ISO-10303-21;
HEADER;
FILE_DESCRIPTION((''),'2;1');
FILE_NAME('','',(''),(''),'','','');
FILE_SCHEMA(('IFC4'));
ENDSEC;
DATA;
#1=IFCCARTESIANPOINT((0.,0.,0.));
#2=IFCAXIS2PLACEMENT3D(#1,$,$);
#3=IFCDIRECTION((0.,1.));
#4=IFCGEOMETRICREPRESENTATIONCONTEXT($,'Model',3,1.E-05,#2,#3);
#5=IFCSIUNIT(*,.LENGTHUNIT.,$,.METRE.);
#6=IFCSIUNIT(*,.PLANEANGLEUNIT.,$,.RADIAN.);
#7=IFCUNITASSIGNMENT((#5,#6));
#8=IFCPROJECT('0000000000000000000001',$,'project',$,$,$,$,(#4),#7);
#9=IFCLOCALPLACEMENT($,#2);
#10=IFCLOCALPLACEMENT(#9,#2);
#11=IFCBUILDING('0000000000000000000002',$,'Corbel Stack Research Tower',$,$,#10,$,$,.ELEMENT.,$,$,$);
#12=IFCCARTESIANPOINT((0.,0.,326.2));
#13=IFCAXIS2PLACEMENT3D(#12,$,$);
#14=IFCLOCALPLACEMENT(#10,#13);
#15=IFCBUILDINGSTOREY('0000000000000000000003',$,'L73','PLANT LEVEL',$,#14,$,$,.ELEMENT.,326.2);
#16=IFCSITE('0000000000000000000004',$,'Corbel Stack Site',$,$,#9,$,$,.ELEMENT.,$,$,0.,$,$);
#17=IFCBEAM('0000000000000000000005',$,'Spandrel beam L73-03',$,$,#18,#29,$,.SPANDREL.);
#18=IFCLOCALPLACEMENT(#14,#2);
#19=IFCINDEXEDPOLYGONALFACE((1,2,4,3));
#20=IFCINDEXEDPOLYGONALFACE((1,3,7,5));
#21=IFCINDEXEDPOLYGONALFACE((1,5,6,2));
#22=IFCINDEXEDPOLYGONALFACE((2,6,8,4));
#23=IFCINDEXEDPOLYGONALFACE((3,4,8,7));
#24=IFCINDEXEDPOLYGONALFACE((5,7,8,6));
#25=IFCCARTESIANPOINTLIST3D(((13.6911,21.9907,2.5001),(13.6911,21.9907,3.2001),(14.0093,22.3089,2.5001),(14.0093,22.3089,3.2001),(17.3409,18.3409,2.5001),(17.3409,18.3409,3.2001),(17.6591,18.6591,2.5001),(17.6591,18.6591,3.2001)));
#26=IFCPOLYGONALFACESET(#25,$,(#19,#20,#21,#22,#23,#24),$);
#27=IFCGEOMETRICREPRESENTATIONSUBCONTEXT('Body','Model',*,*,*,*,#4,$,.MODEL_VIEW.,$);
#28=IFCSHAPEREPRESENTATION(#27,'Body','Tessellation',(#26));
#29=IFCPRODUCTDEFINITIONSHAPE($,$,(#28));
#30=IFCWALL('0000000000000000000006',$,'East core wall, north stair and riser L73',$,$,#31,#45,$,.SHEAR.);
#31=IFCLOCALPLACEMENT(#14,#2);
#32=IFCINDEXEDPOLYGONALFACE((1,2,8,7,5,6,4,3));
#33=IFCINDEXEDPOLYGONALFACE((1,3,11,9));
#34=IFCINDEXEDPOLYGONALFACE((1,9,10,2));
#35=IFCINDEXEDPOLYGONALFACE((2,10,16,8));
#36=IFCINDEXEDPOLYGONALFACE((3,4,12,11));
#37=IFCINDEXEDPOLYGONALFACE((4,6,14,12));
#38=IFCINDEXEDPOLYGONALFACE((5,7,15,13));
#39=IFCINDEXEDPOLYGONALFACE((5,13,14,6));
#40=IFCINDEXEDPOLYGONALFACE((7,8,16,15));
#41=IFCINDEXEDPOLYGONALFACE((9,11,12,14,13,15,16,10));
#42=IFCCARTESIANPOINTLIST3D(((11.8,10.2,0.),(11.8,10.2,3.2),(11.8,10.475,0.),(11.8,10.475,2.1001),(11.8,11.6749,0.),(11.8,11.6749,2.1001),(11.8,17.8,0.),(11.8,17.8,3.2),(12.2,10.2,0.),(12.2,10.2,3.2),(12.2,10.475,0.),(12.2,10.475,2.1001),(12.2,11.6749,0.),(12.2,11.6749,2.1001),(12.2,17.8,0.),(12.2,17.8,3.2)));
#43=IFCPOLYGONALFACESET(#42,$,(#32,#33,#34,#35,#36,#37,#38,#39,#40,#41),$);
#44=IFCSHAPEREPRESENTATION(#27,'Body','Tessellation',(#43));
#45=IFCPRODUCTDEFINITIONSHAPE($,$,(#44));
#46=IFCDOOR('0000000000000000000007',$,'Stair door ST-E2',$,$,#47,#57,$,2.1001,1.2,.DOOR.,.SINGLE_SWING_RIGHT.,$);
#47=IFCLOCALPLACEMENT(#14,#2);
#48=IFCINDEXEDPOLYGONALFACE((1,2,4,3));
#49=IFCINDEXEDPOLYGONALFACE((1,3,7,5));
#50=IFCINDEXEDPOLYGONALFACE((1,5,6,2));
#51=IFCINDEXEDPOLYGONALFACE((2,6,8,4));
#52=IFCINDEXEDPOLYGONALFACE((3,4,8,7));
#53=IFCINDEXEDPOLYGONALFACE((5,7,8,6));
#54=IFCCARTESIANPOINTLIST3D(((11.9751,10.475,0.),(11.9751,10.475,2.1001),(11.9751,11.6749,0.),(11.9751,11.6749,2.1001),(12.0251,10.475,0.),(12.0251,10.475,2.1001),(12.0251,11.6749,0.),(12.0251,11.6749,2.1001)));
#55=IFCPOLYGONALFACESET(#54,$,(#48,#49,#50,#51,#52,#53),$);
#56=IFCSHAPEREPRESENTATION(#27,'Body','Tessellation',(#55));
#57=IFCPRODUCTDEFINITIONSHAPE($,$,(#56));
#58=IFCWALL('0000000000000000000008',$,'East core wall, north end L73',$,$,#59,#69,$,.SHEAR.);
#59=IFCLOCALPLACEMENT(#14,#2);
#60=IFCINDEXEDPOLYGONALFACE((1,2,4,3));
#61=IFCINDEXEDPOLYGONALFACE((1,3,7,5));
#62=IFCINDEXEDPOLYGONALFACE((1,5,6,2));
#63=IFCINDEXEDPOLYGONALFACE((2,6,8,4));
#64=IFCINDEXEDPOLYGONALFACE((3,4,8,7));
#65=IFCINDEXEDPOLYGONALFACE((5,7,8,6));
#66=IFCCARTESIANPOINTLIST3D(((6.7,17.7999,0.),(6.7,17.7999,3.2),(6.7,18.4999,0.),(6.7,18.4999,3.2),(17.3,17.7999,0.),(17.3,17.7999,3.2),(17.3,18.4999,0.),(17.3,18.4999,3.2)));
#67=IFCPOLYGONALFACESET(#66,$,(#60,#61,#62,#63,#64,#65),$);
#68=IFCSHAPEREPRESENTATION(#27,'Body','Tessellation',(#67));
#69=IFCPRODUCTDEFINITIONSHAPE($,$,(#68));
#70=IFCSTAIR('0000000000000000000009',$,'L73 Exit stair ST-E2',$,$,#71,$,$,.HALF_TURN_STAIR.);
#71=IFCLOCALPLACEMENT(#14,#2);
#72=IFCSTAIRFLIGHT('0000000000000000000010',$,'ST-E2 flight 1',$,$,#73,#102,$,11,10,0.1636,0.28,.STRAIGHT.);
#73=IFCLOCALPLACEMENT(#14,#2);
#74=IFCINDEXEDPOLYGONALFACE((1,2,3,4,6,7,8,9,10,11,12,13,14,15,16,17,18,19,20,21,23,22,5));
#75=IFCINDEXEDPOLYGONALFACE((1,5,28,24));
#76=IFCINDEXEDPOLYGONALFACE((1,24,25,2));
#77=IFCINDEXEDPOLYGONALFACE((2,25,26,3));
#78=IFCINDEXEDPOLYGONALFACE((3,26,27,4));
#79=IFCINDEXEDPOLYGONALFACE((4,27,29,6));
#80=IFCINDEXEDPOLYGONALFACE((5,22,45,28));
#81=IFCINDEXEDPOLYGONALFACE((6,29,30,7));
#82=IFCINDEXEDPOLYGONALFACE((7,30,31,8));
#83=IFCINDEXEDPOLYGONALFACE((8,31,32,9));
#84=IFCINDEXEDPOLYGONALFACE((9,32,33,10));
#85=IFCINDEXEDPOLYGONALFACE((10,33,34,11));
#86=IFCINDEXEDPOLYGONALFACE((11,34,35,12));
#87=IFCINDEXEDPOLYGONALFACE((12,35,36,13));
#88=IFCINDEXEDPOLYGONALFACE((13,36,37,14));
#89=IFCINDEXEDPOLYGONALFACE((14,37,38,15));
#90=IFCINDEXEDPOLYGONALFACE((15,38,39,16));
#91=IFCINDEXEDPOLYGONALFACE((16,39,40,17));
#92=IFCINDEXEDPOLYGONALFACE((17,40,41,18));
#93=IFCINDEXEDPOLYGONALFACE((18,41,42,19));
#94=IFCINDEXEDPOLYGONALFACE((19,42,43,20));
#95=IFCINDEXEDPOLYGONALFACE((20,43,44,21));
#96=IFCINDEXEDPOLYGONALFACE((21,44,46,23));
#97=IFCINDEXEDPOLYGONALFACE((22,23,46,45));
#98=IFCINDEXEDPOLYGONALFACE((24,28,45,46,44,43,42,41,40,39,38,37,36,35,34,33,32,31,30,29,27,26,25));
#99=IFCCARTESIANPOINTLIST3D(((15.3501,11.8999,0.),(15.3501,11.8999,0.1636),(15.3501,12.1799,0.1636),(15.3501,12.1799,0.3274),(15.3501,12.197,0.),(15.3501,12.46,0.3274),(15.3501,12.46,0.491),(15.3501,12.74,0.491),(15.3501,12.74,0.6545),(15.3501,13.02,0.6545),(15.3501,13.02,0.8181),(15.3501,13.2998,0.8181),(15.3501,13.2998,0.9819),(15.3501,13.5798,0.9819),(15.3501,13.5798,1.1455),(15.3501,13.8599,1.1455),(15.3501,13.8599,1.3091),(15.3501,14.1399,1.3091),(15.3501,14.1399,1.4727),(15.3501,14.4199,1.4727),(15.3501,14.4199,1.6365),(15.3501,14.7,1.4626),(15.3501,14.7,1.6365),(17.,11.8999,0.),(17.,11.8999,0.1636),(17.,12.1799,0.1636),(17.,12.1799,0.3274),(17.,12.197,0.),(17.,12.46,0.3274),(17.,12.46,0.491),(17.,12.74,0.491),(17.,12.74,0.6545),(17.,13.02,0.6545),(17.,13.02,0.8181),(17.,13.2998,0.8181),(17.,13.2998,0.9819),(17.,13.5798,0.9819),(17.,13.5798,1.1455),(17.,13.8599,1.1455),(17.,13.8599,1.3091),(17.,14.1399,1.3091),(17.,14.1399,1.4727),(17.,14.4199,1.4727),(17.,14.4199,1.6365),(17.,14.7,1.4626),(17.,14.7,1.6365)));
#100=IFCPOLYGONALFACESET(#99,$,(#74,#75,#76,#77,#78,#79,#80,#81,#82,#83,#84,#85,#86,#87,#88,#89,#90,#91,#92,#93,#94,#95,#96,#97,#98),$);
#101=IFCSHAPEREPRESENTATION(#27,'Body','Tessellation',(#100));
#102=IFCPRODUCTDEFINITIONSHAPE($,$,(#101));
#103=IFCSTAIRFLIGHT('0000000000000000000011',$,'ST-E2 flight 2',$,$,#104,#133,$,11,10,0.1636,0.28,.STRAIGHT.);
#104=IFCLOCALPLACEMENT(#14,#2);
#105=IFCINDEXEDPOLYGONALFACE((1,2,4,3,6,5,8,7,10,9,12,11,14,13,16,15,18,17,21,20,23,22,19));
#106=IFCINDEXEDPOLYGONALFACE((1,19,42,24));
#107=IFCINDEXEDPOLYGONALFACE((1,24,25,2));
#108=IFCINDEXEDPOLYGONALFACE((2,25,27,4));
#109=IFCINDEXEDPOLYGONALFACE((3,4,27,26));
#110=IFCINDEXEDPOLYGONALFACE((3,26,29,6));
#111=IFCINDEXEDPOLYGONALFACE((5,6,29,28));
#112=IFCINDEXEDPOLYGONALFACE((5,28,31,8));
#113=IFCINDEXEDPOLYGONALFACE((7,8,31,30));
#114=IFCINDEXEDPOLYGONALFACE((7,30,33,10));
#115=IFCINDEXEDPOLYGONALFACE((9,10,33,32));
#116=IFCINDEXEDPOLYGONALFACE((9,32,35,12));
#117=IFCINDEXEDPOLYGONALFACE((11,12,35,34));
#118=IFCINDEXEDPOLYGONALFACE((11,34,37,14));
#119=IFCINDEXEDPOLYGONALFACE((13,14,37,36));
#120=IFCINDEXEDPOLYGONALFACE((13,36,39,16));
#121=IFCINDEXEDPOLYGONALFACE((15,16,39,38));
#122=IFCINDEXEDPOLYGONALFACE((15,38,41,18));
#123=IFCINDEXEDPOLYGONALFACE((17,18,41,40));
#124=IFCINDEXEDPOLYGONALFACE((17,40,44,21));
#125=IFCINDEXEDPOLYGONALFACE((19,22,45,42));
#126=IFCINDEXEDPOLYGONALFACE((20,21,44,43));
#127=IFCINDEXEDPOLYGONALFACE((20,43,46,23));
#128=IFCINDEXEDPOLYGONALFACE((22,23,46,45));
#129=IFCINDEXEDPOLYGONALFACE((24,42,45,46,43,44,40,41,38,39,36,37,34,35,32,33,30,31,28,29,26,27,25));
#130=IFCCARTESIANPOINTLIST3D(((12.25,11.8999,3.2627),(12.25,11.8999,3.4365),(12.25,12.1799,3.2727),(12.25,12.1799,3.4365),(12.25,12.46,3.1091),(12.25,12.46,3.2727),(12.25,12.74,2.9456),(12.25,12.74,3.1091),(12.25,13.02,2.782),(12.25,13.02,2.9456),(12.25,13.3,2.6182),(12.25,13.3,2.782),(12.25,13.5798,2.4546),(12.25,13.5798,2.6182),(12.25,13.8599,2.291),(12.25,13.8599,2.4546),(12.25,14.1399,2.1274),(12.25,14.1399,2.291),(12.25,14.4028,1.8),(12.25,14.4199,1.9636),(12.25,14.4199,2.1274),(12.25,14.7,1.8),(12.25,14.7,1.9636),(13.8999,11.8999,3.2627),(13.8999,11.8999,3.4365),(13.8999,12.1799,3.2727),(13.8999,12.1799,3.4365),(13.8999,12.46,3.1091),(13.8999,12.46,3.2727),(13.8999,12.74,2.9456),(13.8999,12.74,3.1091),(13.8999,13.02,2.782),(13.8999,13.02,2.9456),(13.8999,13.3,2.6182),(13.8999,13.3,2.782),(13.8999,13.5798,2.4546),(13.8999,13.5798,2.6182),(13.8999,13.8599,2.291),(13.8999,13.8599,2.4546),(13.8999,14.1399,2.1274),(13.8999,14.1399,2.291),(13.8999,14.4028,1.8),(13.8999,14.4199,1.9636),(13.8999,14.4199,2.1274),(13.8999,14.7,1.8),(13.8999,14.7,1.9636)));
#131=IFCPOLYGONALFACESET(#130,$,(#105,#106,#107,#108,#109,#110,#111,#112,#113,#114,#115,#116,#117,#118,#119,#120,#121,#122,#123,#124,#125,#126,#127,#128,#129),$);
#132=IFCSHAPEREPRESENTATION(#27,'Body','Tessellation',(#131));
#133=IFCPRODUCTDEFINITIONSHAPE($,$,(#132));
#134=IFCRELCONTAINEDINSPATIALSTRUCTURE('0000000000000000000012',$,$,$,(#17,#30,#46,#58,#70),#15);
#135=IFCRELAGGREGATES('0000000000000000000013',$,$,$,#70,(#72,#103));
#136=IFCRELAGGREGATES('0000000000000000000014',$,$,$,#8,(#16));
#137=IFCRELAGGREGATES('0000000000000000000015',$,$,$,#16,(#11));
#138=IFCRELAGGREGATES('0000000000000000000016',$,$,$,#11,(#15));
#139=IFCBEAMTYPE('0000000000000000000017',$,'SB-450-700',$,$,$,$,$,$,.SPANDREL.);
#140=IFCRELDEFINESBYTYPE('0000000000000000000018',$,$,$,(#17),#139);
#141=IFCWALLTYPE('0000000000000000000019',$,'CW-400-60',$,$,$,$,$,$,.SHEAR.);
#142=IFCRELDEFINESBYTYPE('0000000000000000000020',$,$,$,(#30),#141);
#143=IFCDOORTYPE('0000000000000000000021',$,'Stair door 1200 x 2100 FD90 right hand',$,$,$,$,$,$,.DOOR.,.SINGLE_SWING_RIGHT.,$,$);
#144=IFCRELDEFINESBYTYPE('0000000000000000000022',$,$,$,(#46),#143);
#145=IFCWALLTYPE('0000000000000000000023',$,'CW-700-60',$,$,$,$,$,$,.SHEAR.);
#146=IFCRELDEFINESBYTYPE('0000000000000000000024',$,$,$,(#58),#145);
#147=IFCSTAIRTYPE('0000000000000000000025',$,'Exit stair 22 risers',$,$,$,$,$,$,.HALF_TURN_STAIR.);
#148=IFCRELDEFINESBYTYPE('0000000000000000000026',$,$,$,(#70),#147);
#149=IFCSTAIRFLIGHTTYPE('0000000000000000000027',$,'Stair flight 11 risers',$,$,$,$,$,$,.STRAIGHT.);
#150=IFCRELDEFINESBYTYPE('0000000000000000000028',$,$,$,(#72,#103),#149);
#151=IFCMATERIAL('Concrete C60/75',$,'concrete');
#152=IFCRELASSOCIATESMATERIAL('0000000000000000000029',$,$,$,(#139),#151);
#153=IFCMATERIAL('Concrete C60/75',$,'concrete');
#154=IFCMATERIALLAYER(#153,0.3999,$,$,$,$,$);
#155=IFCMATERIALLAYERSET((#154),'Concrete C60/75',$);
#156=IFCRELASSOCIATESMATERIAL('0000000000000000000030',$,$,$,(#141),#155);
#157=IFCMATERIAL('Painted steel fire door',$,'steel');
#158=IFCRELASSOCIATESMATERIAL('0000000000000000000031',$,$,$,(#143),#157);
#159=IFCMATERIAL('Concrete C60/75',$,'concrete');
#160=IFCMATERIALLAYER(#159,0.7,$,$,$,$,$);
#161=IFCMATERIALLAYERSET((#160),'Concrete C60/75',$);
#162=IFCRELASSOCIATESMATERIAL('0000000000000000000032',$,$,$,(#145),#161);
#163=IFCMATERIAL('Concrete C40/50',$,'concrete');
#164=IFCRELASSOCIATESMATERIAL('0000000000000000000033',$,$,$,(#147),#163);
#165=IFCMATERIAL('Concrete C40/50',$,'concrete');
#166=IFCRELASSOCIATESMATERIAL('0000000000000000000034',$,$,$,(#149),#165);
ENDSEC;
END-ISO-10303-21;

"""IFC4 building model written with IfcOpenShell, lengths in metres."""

from ifc_helpers import new_model, si_unit, direction, frame, frame_2d, origin, origin_2d, place, context, subcontext, project, spatial, polyline, rectangle, outline, extrude, material, layer, layer_set, material_profile, profile_set, type_object, element, fill, aggregate, save


model = new_model("IFC4")

# Units and contexts
model_context = context("Model", 3, precision=1e-05, world=origin(), true_north=direction((0.0, 1.0)))
body_context = subcontext(model_context, "Body", "Model", "MODEL_VIEW")
ifc_project = project(units=[si_unit("LENGTHUNIT", "METRE"), si_unit("PLANEANGLEUNIT", "RADIAN")], contexts=[model_context])

# Site, building, storey
site_placement = place(None, origin())
site = spatial("IfcSite", under=ifc_project, at=site_placement, Name="Corbel Stack Site", CompositionType="ELEMENT", RefElevation=0.0)
building_placement = place(site_placement, origin())
building = spatial("IfcBuilding", under=site, at=building_placement, Name="Corbel Stack Research Tower", CompositionType="ELEMENT")
storey_placement = place(building_placement, frame((0.0, 0.0, 326.2)))
storey = spatial("IfcBuildingStorey", under=building, at=storey_placement, Name="L73", Description="PLANT LEVEL", CompositionType="ELEMENT", Elevation=326.2)

# Beam
ifc_material_1 = material(Name="Concrete C60/75", Category="concrete")
ifc_material_profile = material_profile(ifc_material_1, rectangle(XDim=0.45, YDim=0.7, at=origin_2d()), Name="RC 450 x 700")
ifc_profile_set = profile_set([ifc_material_profile], Name="Concrete C60/75")
beam_type = type_object("IfcBeamType", Name="SB-450-700", PredefinedType="SPANDREL", material=ifc_profile_set)
beam_placement = place(storey_placement, frame((17.5, 18.5, 2.8501), z_axis=(-0.707107, 0.707107, 0.0), x_axis=(-0.707107, -0.707107, 0.0)))
element("IfcBeam", 1, at=beam_placement, inside=storey, type_object=beam_type, Name="Spandrel beam L73-03", PredefinedType="SPANDREL", context=body_context, shape_type="SweptSolid", body=[
    extrude(rectangle(XDim=0.45, YDim=0.7, at=origin_2d()), origin(), (0.0, 0.0, 1.0), 5.1616),
])

# Wall, opening, door
ifc_material_2 = material(Name="Concrete C60/75", Category="concrete")
ifc_layer_1 = layer(ifc_material_2, 0.3999)
ifc_layer_set_1 = layer_set([ifc_layer_1], Name="Concrete C60/75")
wall_type_1 = type_object("IfcWallType", Name="CW-400-60", PredefinedType="SHEAR", material=ifc_layer_set_1)
wall_1_placement = place(storey_placement, frame((12.0, 10.2, 0.0), z_axis=(0.0, 0.0, 1.0), x_axis=(0.0, 1.0, 0.0)))
wall_1 = element("IfcWall", 2, at=wall_1_placement, inside=storey, type_object=wall_type_1, Name="East core wall, north stair and riser L73", PredefinedType="SHEAR", context=body_context, shape_type="SweptSolid", body=[
    extrude(rectangle(XDim=7.6001, YDim=0.3999, at=frame_2d((3.8, 0.0))), origin(), (0.0, 0.0, 1.0), 3.2),
])
opening_placement = place(wall_1_placement, frame((0.2749, 0.0, 0.0)))
opening = element("IfcOpeningElement", 3, at=opening_placement, cuts=wall_1, PredefinedType="OPENING", context=body_context, shape_type="SweptSolid", body=[
    extrude(rectangle(XDim=1.2, YDim=2.1001, at=frame_2d((0.6001, 1.05))), frame((0.0, 0.21, 0.0), z_axis=(0.0, -1.0, 0.0), x_axis=(1.0, 0.0, 0.0)), (0.0, 0.0, 1.0), 0.4199),
])
ifc_material_3 = material(Name="Painted steel fire door", Category="steel")
door_type = type_object("IfcDoorType", Name="Stair door 1200 x 2100 FD90 right hand", OperationType="SINGLE_SWING_RIGHT", PredefinedType="DOOR", material=ifc_material_3)
door_placement = place(opening_placement, origin())
door = element("IfcDoor", 4, at=door_placement, inside=storey, type_object=door_type, Name="Stair door ST-E2", OperationType="SINGLE_SWING_RIGHT", OverallHeight=2.1001, OverallWidth=1.2, PredefinedType="DOOR", context=body_context, shape_type="SweptSolid", body=[
    extrude(rectangle(XDim=1.2, YDim=2.1001, at=frame_2d((0.6001, 1.05))), frame((0.0, 0.0249, 0.0), z_axis=(0.0, -1.0, 0.0), x_axis=(1.0, 0.0, 0.0)), (0.0, 0.0, 1.0), 0.05),
])
fill(opening, door)

# Wall
ifc_material_4 = material(Name="Concrete C60/75", Category="concrete")
ifc_layer_2 = layer(ifc_material_4, 0.7)
ifc_layer_set_2 = layer_set([ifc_layer_2], Name="Concrete C60/75")
wall_type_2 = type_object("IfcWallType", Name="CW-700-60", PredefinedType="SHEAR", material=ifc_layer_set_2)
wall_2_placement = place(storey_placement, frame((6.7, 18.1499, 0.0), z_axis=(0.0, 0.0, 1.0), x_axis=(1.0, 0.0, 0.0)))
element("IfcWall", 5, at=wall_2_placement, inside=storey, type_object=wall_type_2, Name="East core wall, north end L73", PredefinedType="SHEAR", context=body_context, shape_type="SweptSolid", body=[
    extrude(rectangle(XDim=10.6001, YDim=0.7, at=frame_2d((5.3, 0.0))), origin(), (0.0, 0.0, 1.0), 3.2),
])

# Stair, stair flights
ifc_material_5 = material(Name="Concrete C40/50", Category="concrete")
stair_type = type_object("IfcStairType", Name="Exit stair 22 risers", PredefinedType="HALF_TURN_STAIR", material=ifc_material_5)
stair_placement = place(storey_placement, origin())
stair = element("IfcStair", 6, at=stair_placement, inside=storey, type_object=stair_type, Name="L73 Exit stair ST-E2", PredefinedType="HALF_TURN_STAIR")
ifc_material_6 = material(Name="Concrete C40/50", Category="concrete")
stair_flight_type = type_object("IfcStairFlightType", Name="Stair flight 11 risers", PredefinedType="STRAIGHT", material=ifc_material_6)
stair_flight_1_placement = place(storey_placement, frame((16.175, 11.8999, 0.0), z_axis=(0.0, 0.0, 1.0), x_axis=(0.0, 1.0, 0.0)))
stair_flight_1 = element("IfcStairFlight", 7, at=stair_flight_1_placement, type_object=stair_flight_type, Name="ST-E2 flight 1", NumberOfRisers=11, NumberOfTreads=10, PredefinedType="STRAIGHT", RiserHeight=0.1636, TreadLength=0.28, context=body_context, shape_type="SweptSolid", body=[
    extrude(outline(polyline([(0.0, 0.0), (0.0, 0.1636), (0.28, 0.1636), (0.28, 0.3274), (0.5601, 0.3274), (0.5601, 0.491), (0.8401, 0.491), (0.8401, 0.6545), (1.1201, 0.6545), (1.1201, 0.8181), (1.3999, 0.8181), (1.3999, 0.9819), (1.6799, 0.9819), (1.6799, 1.1455), (1.96, 1.1455), (1.96, 1.3091), (2.24, 1.3091), (2.24, 1.4727), (2.52, 1.4727), (2.52, 1.6365), (2.8, 1.6365), (2.8, 1.8), (2.8, 1.4626), (0.2971, 0.0), (0.0, 0.0)])), frame((0.0, 0.825, 0.0), z_axis=(0.0, -1.0, 0.0), x_axis=(1.0, 0.0, 0.0)), (0.0, 0.0, 1.0), 1.6499),
])
stair_flight_2_placement = place(storey_placement, frame((13.075, 14.7, 1.8), z_axis=(0.0, 0.0, 1.0), x_axis=(0.0, -1.0, 0.0)))
stair_flight_2 = element("IfcStairFlight", 8, at=stair_flight_2_placement, type_object=stair_flight_type, Name="ST-E2 flight 2", NumberOfRisers=11, NumberOfTreads=10, PredefinedType="STRAIGHT", RiserHeight=0.1636, TreadLength=0.28, context=body_context, shape_type="SweptSolid", body=[
    extrude(outline(polyline([(0.0, 0.0), (0.0, 0.1636), (0.28, 0.1636), (0.28, 0.3274), (0.5601, 0.3274), (0.5601, 0.491), (0.8401, 0.491), (0.8401, 0.6545), (1.1201, 0.6545), (1.1201, 0.8181), (1.3999, 0.8181), (1.3999, 0.9819), (1.6799, 0.9819), (1.6799, 1.1455), (1.96, 1.1455), (1.96, 1.3091), (2.24, 1.3091), (2.24, 1.4727), (2.52, 1.4727), (2.52, 1.6365), (2.8, 1.6365), (2.8, 1.8), (2.8, 1.4626), (0.2971, 0.0), (0.0, 0.0)])), frame((0.0, 0.825, 0.0), z_axis=(0.0, -1.0, 0.0), x_axis=(1.0, 0.0, 0.0)), (0.0, 0.0, 1.0), 1.6499),
])
aggregate(stair, [stair_flight_1, stair_flight_2])

save(model, "model.ifc")
